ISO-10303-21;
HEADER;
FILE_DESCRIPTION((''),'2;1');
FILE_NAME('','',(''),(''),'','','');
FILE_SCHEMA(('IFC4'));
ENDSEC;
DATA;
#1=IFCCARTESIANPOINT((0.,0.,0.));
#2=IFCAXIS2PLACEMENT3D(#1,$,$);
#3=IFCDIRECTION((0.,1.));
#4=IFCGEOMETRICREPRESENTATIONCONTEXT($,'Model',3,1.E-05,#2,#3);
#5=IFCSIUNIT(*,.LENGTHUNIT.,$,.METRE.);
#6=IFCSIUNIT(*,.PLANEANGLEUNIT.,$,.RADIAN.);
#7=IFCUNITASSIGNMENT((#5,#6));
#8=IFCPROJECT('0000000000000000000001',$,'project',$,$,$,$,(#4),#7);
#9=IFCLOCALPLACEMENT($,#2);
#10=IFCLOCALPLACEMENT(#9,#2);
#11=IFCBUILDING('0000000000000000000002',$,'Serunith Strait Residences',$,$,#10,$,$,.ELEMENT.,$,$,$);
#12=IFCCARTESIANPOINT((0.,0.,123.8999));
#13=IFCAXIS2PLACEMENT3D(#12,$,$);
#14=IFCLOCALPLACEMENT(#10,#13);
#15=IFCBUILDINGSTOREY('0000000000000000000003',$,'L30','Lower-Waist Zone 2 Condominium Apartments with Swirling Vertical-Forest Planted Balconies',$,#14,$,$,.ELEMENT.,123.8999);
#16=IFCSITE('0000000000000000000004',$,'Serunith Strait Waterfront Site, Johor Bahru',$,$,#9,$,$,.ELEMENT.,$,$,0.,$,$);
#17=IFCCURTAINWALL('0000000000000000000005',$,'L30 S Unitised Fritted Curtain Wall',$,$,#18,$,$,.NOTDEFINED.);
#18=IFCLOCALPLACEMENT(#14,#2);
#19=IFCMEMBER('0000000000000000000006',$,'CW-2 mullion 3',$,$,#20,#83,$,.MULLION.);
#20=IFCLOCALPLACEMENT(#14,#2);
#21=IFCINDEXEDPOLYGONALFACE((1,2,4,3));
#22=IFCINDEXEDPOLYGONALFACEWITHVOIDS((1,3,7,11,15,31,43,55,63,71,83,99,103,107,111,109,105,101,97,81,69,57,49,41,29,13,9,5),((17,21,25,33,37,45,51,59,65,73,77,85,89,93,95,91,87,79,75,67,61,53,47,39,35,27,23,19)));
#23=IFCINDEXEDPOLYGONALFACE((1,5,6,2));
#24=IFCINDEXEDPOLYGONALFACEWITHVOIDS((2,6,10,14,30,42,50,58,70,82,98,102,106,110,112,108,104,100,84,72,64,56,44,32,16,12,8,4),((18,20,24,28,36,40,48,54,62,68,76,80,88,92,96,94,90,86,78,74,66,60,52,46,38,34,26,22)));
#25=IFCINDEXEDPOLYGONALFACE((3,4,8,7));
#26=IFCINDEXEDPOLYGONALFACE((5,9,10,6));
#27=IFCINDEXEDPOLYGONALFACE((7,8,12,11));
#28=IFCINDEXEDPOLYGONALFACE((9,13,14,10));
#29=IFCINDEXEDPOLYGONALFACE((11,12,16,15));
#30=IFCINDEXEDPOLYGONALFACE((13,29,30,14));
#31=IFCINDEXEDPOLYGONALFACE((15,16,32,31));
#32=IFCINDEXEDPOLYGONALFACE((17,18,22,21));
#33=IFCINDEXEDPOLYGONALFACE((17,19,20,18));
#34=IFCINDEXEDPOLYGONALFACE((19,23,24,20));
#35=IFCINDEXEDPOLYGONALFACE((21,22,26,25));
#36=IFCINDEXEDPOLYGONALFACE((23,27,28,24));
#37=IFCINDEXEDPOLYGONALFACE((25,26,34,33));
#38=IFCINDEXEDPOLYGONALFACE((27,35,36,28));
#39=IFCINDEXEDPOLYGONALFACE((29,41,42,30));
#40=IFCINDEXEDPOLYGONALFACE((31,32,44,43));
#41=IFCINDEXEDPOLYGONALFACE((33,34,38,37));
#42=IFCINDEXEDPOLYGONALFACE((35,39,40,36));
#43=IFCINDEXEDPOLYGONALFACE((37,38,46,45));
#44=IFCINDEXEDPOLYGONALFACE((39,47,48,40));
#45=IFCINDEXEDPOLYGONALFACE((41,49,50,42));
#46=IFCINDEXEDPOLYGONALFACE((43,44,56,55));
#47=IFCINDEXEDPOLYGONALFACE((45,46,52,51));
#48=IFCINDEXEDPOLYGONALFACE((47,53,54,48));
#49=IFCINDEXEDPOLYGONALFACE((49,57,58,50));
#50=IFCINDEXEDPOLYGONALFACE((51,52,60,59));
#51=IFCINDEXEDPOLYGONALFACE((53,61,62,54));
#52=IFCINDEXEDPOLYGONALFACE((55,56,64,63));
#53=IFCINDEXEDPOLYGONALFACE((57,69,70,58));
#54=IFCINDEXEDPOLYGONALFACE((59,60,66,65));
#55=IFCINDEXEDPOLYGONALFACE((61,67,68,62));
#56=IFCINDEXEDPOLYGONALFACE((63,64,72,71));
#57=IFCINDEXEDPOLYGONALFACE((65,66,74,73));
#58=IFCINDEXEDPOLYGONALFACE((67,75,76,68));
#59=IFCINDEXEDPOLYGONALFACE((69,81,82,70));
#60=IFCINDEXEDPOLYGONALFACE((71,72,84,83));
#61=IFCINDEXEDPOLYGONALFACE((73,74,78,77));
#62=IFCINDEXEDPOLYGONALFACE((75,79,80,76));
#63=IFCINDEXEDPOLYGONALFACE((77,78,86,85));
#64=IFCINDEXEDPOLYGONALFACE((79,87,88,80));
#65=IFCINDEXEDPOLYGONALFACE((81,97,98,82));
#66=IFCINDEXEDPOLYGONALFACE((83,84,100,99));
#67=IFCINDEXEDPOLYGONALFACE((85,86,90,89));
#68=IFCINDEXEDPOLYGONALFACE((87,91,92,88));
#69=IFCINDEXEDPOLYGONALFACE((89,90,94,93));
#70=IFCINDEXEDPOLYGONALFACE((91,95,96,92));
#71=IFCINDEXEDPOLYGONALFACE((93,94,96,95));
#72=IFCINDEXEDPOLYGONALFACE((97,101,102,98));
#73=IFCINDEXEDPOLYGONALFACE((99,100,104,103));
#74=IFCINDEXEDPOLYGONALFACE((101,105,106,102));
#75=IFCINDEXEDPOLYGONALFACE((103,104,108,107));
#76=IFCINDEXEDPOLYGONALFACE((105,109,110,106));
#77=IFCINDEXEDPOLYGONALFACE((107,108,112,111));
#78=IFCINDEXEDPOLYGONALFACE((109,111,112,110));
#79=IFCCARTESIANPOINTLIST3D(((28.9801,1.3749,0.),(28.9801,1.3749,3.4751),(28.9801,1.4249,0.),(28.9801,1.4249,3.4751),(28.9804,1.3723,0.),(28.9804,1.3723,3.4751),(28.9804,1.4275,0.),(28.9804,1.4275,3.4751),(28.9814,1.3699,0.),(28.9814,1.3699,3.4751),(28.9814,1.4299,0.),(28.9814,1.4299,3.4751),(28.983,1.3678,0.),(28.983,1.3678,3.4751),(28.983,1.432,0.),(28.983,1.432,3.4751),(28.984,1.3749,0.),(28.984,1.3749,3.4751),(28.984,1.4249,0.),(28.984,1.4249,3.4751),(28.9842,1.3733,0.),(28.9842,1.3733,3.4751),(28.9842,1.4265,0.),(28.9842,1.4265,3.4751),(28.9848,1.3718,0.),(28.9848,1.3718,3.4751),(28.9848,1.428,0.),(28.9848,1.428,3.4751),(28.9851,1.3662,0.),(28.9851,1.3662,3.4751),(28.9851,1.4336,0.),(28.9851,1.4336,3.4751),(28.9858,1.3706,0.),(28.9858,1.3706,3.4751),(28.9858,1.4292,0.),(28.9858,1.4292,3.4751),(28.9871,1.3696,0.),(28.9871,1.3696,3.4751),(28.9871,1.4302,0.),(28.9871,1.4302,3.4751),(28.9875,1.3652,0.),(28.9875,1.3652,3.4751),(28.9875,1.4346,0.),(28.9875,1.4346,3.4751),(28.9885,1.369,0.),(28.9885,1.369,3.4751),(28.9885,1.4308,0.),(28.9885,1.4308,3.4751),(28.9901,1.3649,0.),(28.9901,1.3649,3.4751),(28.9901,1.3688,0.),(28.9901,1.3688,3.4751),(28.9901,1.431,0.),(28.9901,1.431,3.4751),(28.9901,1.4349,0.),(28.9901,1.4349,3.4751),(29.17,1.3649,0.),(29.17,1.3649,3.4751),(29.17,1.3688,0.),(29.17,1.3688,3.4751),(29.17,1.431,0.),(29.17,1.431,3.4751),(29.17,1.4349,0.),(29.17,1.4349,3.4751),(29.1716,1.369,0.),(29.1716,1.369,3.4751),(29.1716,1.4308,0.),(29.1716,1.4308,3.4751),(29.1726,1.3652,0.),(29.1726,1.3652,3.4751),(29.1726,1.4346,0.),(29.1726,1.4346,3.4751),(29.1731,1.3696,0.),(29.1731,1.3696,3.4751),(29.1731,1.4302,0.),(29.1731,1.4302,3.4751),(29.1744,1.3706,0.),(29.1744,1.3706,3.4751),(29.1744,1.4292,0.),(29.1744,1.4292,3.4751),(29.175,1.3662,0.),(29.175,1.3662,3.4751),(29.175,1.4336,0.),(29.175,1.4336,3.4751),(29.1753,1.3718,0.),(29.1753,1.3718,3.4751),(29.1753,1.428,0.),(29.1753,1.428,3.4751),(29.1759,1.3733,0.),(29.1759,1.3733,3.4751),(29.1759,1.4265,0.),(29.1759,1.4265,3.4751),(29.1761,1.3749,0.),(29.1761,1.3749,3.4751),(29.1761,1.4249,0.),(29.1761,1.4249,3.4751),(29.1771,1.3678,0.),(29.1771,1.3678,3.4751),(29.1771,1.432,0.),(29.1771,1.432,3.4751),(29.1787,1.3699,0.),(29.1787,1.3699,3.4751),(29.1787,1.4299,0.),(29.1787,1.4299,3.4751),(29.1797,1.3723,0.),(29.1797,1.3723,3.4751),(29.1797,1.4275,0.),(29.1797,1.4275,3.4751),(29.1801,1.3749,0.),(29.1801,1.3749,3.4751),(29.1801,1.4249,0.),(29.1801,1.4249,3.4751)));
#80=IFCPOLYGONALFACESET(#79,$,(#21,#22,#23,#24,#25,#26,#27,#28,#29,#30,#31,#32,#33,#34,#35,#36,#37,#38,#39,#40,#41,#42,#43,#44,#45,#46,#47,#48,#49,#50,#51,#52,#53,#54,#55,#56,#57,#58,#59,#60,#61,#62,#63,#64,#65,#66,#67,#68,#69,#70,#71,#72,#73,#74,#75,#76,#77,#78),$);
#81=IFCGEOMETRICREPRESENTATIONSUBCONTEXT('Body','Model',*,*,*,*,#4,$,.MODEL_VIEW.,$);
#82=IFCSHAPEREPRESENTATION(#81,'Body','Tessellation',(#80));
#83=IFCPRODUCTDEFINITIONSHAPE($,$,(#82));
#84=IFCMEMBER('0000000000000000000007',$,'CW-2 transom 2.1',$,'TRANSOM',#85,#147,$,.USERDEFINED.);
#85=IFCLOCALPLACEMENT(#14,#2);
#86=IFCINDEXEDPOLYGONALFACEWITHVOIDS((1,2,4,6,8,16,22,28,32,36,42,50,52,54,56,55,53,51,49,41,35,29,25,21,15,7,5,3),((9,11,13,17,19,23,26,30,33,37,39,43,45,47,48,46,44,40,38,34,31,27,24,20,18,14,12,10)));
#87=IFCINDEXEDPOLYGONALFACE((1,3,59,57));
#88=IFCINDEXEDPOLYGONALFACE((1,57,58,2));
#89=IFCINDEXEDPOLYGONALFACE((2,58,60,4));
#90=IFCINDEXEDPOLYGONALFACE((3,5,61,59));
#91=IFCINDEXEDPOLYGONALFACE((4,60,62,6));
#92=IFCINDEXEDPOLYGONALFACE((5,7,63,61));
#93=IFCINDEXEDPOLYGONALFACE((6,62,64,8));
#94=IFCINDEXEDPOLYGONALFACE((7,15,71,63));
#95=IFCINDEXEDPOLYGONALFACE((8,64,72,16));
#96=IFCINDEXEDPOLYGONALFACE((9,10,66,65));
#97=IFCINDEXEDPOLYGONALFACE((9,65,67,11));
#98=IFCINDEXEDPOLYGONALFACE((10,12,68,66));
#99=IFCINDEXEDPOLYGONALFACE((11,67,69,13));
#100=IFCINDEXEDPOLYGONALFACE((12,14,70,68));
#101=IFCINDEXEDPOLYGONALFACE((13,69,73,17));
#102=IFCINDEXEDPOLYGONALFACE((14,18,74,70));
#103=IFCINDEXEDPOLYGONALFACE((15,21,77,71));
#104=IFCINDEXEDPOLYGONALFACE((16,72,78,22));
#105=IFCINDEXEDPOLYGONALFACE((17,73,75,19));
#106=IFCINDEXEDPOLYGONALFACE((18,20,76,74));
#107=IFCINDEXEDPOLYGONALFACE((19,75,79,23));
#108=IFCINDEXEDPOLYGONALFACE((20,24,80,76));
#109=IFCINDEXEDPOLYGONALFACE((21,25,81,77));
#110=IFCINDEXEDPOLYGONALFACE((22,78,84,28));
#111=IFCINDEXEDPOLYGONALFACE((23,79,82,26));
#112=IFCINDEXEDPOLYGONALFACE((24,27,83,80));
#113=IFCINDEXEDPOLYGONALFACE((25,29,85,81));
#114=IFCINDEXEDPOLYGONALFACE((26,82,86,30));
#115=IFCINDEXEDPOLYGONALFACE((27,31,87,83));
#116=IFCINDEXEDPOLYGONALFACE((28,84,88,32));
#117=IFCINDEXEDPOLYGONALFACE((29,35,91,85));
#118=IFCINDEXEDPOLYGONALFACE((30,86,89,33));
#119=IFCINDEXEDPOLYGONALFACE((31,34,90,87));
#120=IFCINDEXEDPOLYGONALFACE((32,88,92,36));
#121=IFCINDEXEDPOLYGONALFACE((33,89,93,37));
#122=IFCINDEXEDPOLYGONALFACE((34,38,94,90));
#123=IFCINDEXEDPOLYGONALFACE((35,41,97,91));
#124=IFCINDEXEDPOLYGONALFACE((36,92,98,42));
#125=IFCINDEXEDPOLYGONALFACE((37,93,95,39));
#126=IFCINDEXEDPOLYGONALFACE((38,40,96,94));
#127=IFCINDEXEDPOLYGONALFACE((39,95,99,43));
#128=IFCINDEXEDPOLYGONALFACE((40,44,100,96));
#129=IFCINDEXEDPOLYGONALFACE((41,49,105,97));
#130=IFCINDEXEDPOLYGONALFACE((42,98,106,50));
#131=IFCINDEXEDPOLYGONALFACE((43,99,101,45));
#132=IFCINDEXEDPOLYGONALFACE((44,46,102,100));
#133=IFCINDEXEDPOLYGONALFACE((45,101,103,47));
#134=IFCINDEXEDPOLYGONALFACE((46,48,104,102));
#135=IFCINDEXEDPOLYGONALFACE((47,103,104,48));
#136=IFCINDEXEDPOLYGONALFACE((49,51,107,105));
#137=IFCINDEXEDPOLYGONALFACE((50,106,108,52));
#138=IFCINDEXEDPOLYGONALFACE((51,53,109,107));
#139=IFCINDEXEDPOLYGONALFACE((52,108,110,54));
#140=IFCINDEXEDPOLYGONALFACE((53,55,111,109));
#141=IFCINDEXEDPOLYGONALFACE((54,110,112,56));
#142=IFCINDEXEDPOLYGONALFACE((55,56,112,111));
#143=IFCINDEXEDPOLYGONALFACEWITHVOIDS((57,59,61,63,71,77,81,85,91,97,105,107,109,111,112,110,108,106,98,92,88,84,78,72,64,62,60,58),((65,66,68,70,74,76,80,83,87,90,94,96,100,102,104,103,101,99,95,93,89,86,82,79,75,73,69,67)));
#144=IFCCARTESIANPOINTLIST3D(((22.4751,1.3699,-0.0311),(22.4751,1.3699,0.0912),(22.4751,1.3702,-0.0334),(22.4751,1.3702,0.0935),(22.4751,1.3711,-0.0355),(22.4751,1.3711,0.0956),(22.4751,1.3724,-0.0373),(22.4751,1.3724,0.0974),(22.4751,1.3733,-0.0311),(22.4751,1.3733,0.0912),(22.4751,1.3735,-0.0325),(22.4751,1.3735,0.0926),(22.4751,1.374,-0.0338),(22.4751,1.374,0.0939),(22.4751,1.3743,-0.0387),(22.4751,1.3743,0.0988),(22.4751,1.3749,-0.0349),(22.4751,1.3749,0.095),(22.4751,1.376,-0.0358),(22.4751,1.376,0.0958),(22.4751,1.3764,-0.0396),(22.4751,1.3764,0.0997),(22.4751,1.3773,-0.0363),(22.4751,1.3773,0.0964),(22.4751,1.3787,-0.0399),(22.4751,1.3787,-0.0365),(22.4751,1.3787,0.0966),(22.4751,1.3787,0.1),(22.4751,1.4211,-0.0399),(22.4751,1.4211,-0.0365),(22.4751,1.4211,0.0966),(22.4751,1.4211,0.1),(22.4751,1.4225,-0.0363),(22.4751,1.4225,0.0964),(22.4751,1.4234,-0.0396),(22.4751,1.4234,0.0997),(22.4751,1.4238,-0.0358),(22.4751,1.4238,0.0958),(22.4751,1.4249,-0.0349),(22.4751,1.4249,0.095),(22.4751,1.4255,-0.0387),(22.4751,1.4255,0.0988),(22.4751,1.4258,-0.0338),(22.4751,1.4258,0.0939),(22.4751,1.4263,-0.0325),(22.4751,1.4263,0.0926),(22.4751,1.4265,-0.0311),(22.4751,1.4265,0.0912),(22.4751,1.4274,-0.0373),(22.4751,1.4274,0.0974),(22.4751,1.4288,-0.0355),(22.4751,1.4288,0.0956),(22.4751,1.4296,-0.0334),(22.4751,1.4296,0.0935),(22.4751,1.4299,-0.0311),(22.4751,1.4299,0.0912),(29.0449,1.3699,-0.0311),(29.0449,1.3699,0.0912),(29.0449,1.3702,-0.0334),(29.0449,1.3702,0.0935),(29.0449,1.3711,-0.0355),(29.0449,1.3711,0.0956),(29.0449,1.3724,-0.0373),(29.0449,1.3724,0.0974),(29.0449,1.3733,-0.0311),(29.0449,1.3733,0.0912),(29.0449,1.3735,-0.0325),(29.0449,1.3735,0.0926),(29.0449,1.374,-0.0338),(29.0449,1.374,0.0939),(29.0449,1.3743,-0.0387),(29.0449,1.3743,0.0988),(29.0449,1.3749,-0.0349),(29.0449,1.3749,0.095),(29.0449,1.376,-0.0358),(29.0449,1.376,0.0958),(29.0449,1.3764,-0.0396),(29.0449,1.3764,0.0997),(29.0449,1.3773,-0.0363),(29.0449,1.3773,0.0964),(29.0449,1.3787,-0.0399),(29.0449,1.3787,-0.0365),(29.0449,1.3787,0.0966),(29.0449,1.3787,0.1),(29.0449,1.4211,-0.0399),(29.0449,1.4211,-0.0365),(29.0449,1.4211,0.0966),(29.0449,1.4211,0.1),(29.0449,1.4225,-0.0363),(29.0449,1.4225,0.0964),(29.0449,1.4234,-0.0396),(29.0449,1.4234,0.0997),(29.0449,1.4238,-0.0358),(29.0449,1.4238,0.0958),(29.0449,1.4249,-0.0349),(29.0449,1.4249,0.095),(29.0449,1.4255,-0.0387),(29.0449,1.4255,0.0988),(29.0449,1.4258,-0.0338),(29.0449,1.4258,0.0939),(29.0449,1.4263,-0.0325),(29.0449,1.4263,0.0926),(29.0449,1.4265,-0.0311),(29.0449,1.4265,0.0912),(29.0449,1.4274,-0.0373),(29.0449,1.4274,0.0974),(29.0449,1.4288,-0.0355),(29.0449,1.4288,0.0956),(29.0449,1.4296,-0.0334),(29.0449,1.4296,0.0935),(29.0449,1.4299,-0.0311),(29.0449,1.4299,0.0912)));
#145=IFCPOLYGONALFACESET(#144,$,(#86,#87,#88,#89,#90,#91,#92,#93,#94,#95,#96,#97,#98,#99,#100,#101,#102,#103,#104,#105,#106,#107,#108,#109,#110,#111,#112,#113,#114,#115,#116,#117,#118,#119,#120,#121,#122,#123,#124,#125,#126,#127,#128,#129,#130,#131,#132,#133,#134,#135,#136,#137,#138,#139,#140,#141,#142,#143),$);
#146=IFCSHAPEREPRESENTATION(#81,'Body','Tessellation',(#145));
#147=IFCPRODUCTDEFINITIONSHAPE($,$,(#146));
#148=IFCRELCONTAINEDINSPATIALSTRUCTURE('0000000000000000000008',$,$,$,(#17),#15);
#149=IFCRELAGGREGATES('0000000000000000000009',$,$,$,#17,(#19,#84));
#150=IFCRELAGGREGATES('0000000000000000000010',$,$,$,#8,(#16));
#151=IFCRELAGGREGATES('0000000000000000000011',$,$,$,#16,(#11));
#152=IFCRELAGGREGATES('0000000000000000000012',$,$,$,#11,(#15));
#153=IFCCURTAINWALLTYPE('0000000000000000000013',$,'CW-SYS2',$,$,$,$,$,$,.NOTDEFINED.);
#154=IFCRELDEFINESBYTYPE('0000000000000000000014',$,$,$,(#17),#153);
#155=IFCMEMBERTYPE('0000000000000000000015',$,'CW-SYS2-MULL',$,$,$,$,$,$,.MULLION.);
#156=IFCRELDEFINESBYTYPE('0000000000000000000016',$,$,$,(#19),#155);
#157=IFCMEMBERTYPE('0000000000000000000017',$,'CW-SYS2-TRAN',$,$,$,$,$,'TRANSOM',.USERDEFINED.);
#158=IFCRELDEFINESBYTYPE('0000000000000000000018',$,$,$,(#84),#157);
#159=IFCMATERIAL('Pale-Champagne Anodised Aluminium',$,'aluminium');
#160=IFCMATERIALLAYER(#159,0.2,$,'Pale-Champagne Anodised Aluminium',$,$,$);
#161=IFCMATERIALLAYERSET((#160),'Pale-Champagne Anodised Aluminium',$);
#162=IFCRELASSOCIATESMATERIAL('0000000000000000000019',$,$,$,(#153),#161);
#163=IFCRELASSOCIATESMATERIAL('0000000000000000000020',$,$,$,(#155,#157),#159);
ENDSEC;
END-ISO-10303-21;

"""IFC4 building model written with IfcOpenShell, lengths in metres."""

from ifc_helpers import new_model, si_unit, direction, frame, origin, origin_2d, place, context, subcontext, project, spatial, hollow_rectangle, extrude, source, transform, mapped, material, layer, layer_set, material_profile, profile_set, type_object, element, aggregate, save


model = new_model("IFC4")

# Units and contexts
model_context = context("Model", 3, precision=1e-05, world=origin(), true_north=direction((0.0, 1.0)))
body_context = subcontext(model_context, "Body", "Model", "MODEL_VIEW")
ifc_project = project(units=[si_unit("LENGTHUNIT", "METRE"), si_unit("PLANEANGLEUNIT", "RADIAN")], contexts=[model_context])

# Site, building, storey
site_placement = place(None, origin())
site = spatial("IfcSite", under=ifc_project, at=site_placement, Name="Serunith Strait Waterfront Site, Johor Bahru", CompositionType="ELEMENT", RefElevation=0.0)
building_placement = place(site_placement, origin())
building = spatial("IfcBuilding", under=site, at=building_placement, Name="Serunith Strait Residences", CompositionType="ELEMENT")
storey_placement = place(building_placement, frame((0.0, 0.0, 123.8999)))
storey = spatial("IfcBuildingStorey", under=building, at=storey_placement, Name="L30", Description="Lower-Waist Zone 2 Condominium Apartments with Swirling Vertical-Forest Planted Balconies", CompositionType="ELEMENT", Elevation=123.8999)

# Curtain wall, members
ifc_material_1 = material(Name="Pale-Champagne Anodised Aluminium", Category="aluminium")
ifc_layer_1 = layer(ifc_material_1, 0.2, Name="Pale-Champagne Anodised Aluminium")
ifc_layer_set_1 = layer_set([ifc_layer_1], Name="Pale-Champagne Anodised Aluminium")
curtain_wall_type = type_object("IfcCurtainWallType", Name="CW-SYS2", PredefinedType="NOTDEFINED", material=ifc_layer_set_1)
curtain_wall_placement = place(storey_placement, origin())
curtain_wall = element("IfcCurtainWall", 1, at=curtain_wall_placement, inside=storey, type_object=curtain_wall_type, Name="L30 S Unitised Fritted Curtain Wall", PredefinedType="NOTDEFINED")
ifc_material_profile_1 = material_profile(ifc_material_1, hollow_rectangle(XDim=0.0701, YDim=0.2, WallThickness=0.0039, InnerFilletRadius=0.0061, OuterFilletRadius=0.01, at=origin_2d()), Name="ALU 200x70x4")
ifc_profile_set_1 = profile_set([ifc_material_profile_1], Name="Pale-Champagne Anodised Aluminium")
member_type_1 = type_object("IfcMemberType", Name="CW-SYS2-MULL", PredefinedType="MULLION", material=ifc_profile_set_1)
shared_shape_1 = source(origin(), body_context, "Body", "SweptSolid", [
    extrude(hollow_rectangle(XDim=0.0701, YDim=0.2, WallThickness=0.0039, InnerFilletRadius=0.0061, OuterFilletRadius=0.01, at=origin_2d()), origin(), (0.0, 0.0, 1.0), 3.4751),
])
member_1_placement = place(storey_placement, frame((29.0801, 1.3999, 0.0), z_axis=(0.0, 0.0, 1.0), x_axis=(0.0, 1.0, 0.0)))
member_1 = element("IfcMember", 2, at=member_1_placement, type_object=member_type_1, Name="CW-2 mullion 3", PredefinedType="MULLION", context=body_context, shape_type="MappedRepresentation", body=[
    mapped(shared_shape_1, transform((0.0, 0.0, 0.0), scale=1.0)),
])
ifc_material_profile_2 = material_profile(ifc_material_1, hollow_rectangle(XDim=0.0601, YDim=0.1399, WallThickness=0.0034, InnerFilletRadius=0.0054, OuterFilletRadius=0.0088, at=origin_2d()), Name="ALU 140x60x3.5")
ifc_profile_set_2 = profile_set([ifc_material_profile_2], Name="Pale-Champagne Anodised Aluminium")
member_type_2 = type_object("IfcMemberType", Name="CW-SYS2-TRAN", ElementType="TRANSOM", PredefinedType="USERDEFINED", material=ifc_profile_set_2)
shared_shape_2 = source(origin(), body_context, "Body", "SweptSolid", [
    extrude(hollow_rectangle(XDim=0.0601, YDim=0.1399, WallThickness=0.0034, InnerFilletRadius=0.0054, OuterFilletRadius=0.0088, at=origin_2d()), origin(), (0.0, 0.0, 1.0), 6.5698),
])
member_2_placement = place(storey_placement, frame((22.4751, 1.3999, 0.03), z_axis=(1.0, 0.0, 0.0), x_axis=(0.0, 1.0, 0.0)))
member_2 = element("IfcMember", 3, at=member_2_placement, type_object=member_type_2, Name="CW-2 transom 2.1", ObjectType="TRANSOM", PredefinedType="USERDEFINED", context=body_context, shape_type="MappedRepresentation", body=[
    mapped(shared_shape_2, transform((0.0, 0.0, 0.0), scale=1.0)),
])
aggregate(curtain_wall, [member_1, member_2])

save(model, "model.ifc")
